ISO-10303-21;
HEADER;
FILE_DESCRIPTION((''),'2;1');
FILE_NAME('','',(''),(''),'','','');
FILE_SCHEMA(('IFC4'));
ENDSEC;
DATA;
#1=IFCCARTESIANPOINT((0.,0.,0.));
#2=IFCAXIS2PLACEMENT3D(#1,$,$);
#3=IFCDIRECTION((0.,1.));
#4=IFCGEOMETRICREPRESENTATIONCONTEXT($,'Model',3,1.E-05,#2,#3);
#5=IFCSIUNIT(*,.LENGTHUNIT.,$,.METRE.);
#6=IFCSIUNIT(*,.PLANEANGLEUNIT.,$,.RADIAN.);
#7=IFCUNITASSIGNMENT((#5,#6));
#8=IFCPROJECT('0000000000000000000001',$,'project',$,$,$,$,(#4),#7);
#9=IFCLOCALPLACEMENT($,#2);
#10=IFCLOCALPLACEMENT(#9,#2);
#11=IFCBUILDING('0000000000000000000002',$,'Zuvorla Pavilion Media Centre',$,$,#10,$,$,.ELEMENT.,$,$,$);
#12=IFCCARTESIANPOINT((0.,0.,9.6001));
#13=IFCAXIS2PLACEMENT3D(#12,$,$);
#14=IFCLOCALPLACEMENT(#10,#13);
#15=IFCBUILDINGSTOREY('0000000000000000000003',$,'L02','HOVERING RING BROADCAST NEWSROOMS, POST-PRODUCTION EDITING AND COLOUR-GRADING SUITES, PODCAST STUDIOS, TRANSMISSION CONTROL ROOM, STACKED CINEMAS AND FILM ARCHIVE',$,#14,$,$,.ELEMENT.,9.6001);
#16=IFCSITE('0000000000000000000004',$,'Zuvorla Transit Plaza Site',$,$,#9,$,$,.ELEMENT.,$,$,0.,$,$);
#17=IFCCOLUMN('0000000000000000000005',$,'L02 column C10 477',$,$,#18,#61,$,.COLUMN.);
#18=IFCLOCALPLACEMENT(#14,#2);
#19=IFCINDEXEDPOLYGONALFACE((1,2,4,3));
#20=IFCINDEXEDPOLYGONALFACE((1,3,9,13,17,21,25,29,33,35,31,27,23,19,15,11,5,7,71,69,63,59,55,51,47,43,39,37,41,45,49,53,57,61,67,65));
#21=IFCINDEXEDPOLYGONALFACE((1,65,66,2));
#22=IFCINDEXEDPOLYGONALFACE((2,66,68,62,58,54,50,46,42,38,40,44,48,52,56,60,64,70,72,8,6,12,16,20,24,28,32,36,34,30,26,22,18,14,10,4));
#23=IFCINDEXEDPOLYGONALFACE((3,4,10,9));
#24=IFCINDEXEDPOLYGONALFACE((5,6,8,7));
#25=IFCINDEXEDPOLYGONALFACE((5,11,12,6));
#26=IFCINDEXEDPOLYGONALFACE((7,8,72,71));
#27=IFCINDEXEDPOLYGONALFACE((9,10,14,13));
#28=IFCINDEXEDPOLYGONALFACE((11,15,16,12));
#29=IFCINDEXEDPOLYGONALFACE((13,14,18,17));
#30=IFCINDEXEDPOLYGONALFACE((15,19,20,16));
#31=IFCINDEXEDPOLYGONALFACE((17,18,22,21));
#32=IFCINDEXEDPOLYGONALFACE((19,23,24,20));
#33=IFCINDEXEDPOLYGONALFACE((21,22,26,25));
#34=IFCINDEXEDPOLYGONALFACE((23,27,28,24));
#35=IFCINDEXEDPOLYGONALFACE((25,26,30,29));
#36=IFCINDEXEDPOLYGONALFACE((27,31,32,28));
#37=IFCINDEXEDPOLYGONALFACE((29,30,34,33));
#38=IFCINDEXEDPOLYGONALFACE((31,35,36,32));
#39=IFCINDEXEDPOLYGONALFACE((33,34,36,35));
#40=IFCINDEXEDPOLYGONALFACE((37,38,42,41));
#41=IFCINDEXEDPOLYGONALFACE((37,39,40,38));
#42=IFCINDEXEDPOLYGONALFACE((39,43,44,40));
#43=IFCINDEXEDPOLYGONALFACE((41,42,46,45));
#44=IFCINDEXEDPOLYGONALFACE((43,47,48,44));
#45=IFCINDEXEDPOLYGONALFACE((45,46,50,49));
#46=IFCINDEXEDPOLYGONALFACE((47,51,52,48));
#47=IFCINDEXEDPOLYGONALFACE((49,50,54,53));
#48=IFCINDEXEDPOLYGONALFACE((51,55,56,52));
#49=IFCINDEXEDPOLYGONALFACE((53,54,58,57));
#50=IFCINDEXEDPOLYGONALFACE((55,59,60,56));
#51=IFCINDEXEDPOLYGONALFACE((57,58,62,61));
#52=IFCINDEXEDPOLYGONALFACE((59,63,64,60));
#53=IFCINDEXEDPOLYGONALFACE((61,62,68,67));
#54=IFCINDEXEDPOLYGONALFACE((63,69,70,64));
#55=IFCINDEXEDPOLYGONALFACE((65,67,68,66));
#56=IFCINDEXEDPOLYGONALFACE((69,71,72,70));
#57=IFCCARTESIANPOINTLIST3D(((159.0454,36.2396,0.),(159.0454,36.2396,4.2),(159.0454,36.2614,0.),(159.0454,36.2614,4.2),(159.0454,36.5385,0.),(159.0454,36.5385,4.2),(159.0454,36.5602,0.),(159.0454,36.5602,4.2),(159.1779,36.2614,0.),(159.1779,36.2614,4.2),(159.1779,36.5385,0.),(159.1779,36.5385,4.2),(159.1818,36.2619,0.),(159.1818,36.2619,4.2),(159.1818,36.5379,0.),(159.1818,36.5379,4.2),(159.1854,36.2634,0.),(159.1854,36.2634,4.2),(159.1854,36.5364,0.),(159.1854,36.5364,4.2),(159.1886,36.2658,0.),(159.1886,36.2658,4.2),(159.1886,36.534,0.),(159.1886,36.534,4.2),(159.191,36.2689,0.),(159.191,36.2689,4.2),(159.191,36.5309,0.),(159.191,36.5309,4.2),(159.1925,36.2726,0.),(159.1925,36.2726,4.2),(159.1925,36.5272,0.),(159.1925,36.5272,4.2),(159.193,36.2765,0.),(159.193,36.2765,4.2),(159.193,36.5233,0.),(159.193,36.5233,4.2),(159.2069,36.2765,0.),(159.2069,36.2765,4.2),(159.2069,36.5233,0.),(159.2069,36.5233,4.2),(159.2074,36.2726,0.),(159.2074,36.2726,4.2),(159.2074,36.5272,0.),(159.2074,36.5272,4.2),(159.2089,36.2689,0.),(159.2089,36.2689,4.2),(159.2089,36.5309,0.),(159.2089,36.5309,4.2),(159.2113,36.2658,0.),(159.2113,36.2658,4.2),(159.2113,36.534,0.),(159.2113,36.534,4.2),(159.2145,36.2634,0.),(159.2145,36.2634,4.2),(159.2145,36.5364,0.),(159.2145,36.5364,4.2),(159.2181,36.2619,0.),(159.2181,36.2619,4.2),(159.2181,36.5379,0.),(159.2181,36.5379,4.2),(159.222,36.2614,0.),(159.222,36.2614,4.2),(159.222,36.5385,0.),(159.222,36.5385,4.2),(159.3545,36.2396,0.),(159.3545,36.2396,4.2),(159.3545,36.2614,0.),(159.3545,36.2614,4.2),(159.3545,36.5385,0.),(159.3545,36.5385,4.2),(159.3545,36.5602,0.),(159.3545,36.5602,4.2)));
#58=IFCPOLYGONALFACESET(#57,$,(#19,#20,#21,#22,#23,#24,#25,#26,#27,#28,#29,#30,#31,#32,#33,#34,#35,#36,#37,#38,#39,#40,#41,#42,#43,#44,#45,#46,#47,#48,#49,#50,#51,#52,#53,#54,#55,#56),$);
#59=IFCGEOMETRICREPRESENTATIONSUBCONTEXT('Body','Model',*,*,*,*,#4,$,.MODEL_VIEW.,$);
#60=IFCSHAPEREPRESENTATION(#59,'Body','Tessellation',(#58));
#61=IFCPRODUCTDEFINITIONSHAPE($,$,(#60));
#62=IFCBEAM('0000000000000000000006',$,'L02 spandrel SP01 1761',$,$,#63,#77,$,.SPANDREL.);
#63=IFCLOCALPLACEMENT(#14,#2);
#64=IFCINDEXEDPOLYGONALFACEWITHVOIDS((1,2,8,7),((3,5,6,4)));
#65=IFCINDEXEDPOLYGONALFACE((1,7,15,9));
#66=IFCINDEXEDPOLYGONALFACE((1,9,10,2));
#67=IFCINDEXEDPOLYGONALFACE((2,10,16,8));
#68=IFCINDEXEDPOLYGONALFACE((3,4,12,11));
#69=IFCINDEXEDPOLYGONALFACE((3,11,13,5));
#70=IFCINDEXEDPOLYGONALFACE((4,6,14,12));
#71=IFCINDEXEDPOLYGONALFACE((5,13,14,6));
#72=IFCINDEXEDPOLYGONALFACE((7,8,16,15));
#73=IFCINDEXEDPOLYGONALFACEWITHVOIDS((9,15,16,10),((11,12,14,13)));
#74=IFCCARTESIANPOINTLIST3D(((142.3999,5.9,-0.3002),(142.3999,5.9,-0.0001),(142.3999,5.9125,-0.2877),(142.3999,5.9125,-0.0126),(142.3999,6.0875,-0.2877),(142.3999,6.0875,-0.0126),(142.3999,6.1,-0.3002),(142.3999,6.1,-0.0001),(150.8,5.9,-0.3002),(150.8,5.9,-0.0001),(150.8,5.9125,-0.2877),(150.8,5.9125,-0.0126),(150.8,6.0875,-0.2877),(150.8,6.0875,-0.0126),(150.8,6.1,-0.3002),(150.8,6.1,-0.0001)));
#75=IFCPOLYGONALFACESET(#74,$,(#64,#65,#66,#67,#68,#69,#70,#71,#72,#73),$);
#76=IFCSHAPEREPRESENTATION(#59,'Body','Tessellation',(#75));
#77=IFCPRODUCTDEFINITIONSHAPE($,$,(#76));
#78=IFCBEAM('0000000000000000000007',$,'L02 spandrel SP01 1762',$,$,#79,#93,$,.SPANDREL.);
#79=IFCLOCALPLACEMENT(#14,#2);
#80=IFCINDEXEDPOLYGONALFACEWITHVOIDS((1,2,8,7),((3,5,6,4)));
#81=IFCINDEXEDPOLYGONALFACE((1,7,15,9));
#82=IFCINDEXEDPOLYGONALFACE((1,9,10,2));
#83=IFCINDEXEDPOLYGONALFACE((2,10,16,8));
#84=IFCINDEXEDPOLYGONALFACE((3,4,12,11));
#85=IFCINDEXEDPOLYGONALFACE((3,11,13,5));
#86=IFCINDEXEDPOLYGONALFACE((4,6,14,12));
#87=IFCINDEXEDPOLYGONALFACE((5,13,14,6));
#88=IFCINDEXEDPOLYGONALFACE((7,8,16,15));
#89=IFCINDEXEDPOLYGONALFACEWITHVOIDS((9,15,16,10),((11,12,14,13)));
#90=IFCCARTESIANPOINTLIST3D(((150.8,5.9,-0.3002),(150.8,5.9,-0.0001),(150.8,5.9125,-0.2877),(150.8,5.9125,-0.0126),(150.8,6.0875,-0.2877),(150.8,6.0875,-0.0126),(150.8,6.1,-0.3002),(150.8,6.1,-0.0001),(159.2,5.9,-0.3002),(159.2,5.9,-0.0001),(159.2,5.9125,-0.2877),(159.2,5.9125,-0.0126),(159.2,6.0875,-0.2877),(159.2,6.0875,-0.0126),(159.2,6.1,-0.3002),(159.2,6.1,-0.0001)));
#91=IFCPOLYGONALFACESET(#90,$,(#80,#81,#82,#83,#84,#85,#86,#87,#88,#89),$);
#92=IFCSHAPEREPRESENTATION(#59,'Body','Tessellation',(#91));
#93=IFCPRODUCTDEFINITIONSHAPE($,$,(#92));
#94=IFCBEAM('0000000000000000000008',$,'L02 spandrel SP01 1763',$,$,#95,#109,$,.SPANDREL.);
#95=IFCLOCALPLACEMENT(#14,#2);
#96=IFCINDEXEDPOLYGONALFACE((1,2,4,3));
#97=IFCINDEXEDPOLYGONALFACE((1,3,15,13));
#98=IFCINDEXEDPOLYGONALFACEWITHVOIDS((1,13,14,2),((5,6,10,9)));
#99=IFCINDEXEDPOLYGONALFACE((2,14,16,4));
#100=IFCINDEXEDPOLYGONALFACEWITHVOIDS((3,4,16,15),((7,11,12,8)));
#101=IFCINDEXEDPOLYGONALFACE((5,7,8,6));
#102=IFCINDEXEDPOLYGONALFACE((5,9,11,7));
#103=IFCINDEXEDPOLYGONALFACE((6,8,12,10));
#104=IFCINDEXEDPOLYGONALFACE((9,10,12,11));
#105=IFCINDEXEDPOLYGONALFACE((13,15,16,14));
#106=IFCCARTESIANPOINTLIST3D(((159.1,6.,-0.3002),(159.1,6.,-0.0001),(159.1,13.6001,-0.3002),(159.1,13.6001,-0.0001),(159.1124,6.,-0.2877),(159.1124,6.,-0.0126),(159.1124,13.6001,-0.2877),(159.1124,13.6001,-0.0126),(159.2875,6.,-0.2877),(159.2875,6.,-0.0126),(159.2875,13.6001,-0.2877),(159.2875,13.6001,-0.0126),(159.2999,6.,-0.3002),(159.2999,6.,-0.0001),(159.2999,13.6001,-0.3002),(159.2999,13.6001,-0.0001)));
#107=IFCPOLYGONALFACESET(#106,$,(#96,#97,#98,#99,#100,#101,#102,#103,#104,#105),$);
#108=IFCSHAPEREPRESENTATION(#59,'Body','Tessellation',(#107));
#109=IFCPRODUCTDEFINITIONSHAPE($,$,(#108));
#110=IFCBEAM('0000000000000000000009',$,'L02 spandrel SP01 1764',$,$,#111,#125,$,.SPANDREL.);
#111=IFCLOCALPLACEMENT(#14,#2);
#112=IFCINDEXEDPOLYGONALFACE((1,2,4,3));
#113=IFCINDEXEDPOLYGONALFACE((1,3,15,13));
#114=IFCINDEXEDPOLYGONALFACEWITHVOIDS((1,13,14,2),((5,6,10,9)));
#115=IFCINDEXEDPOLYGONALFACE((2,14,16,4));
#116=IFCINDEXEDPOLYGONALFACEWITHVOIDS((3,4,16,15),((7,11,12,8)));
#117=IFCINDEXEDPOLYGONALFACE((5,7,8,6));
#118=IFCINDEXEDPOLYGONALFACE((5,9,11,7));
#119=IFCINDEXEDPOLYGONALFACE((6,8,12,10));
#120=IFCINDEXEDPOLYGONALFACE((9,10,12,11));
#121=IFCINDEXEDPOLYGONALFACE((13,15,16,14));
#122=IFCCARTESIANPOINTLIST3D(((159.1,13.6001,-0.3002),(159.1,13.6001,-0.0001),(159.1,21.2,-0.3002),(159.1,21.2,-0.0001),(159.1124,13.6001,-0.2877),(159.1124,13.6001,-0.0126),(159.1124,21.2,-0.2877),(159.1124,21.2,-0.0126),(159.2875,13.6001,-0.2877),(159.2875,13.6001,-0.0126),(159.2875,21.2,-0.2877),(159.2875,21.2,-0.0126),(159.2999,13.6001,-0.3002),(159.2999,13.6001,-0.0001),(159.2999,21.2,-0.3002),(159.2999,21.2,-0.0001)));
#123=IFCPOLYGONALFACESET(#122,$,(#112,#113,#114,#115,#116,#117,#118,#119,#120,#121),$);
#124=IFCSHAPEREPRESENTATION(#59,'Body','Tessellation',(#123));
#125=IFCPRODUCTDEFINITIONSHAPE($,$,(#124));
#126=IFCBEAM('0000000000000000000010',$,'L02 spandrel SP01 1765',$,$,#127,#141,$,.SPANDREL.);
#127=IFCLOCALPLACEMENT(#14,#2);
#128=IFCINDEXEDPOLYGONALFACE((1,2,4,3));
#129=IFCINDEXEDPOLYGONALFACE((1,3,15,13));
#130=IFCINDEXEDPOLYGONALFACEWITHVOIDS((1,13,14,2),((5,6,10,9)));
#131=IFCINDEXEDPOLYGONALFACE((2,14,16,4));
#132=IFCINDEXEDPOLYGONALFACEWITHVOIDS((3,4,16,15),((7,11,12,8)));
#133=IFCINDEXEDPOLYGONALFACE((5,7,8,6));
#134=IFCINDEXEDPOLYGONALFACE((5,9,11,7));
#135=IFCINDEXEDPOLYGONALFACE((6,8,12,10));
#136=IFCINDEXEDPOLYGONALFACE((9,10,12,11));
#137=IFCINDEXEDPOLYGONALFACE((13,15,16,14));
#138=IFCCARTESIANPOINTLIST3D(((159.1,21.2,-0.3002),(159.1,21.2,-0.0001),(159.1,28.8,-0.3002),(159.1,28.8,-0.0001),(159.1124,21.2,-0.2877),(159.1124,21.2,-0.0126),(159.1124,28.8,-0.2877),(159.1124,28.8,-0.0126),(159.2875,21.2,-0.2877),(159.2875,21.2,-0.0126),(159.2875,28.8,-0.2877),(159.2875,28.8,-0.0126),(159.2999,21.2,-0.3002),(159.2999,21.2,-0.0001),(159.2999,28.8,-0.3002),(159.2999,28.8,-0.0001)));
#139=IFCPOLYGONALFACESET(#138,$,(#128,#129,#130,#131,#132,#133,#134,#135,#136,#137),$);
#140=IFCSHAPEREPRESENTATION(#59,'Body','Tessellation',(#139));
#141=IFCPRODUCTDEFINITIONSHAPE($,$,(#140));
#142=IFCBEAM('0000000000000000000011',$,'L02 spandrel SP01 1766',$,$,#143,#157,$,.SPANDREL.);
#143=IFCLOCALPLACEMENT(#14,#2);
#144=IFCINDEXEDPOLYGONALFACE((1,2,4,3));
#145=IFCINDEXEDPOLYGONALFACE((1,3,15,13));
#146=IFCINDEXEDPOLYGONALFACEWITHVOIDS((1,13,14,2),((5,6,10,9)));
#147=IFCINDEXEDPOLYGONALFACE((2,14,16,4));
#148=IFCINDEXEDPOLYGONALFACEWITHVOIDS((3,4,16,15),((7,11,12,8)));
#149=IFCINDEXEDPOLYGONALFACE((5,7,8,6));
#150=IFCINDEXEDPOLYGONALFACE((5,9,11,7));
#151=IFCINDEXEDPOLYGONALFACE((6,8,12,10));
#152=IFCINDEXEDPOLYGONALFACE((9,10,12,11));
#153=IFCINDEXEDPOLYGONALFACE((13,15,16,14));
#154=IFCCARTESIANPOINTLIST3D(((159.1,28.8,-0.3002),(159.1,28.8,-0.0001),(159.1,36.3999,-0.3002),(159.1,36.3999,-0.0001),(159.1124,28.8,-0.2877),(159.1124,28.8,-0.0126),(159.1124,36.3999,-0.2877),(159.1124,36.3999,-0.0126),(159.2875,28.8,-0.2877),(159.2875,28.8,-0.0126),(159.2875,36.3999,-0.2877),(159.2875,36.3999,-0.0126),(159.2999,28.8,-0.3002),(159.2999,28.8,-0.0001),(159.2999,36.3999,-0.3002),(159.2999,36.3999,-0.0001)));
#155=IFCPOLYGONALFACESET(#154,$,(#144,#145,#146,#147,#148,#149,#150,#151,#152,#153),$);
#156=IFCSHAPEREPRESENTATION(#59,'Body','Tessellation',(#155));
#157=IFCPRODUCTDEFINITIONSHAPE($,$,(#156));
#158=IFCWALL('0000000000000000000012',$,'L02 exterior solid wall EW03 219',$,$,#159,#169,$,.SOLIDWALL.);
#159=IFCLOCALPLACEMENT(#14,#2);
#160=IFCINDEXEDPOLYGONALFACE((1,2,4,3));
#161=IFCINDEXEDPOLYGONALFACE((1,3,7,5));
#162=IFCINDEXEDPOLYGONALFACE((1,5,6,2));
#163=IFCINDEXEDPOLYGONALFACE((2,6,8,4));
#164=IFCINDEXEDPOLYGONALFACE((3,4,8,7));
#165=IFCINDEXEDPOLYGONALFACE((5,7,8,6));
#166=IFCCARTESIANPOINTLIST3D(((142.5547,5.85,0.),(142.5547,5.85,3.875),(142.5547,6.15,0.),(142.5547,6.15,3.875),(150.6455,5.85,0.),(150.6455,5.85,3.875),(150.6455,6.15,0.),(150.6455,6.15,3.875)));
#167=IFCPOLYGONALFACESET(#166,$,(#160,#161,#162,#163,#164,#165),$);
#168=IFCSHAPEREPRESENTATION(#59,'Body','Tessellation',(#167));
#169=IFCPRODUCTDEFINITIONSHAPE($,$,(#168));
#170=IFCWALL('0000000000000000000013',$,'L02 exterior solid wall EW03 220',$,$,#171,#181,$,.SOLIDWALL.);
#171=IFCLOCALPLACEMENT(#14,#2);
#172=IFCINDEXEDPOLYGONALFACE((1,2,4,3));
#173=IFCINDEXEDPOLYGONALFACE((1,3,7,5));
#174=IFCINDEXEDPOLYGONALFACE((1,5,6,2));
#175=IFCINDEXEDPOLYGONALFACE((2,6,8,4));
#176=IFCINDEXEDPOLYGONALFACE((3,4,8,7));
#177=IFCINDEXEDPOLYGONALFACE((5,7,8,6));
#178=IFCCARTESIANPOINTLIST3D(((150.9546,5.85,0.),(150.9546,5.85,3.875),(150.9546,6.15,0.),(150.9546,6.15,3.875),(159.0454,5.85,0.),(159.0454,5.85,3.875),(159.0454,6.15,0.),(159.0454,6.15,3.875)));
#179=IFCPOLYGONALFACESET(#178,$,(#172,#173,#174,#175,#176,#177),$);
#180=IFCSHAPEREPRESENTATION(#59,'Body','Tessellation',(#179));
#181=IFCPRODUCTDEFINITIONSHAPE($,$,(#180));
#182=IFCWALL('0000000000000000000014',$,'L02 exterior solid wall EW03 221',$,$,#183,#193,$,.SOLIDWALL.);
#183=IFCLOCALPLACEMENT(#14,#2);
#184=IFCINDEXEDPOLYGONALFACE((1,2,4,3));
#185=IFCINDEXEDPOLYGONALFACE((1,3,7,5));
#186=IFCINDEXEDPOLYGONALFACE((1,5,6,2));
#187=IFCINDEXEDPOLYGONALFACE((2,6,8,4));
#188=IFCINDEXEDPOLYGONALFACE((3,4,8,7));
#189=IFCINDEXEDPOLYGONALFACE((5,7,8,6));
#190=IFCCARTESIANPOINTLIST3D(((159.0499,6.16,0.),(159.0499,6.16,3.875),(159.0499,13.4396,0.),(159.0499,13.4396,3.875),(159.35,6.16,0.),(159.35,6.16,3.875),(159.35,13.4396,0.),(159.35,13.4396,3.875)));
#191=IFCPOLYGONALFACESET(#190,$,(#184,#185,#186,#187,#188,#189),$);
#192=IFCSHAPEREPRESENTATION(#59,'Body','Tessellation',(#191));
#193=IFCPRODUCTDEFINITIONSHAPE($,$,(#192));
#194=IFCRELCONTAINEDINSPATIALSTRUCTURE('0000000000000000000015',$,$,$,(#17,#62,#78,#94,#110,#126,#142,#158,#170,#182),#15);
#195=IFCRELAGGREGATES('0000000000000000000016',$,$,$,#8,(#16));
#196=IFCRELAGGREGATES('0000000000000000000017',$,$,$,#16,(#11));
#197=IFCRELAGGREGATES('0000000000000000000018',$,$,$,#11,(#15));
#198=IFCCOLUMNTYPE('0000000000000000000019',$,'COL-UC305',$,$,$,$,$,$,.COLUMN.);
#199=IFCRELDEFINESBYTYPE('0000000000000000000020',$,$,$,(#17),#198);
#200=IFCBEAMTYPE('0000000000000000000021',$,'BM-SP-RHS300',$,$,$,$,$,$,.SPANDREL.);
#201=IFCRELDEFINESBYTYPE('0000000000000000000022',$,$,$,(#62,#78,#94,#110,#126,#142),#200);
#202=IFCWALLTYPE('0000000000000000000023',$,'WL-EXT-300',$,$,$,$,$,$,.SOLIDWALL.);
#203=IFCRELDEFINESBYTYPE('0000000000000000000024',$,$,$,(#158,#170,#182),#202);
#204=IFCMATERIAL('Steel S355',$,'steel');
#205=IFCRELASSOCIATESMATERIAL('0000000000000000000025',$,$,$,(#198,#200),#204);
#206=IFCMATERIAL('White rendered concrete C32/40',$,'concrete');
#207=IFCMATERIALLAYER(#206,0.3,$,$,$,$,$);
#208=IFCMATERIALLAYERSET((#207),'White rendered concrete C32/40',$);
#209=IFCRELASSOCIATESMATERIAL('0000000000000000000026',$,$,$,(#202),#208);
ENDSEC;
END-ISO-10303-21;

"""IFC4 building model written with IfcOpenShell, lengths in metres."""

from ifc_helpers import new_model, si_unit, direction, frame, frame_2d, origin, origin_2d, place, context, subcontext, project, spatial, rectangle, hollow_rectangle, i_section, extrude, material, layer, layer_set, material_profile, profile_set, type_object, element, save


model = new_model("IFC4")

# Units and contexts
model_context = context("Model", 3, precision=1e-05, world=origin(), true_north=direction((0.0, 1.0)))
body_context = subcontext(model_context, "Body", "Model", "MODEL_VIEW")
ifc_project = project(units=[si_unit("LENGTHUNIT", "METRE"), si_unit("PLANEANGLEUNIT", "RADIAN")], contexts=[model_context])

# Site, building, storey
site_placement = place(None, origin())
site = spatial("IfcSite", under=ifc_project, at=site_placement, Name="Zuvorla Transit Plaza Site", CompositionType="ELEMENT", RefElevation=0.0)
building_placement = place(site_placement, origin())
building = spatial("IfcBuilding", under=site, at=building_placement, Name="Zuvorla Pavilion Media Centre", CompositionType="ELEMENT")
storey_placement = place(building_placement, frame((0.0, 0.0, 9.6001)))
storey = spatial("IfcBuildingStorey", under=building, at=storey_placement, Name="L02", Description="HOVERING RING BROADCAST NEWSROOMS, POST-PRODUCTION EDITING AND COLOUR-GRADING SUITES, PODCAST STUDIOS, TRANSMISSION CONTROL ROOM, STACKED CINEMAS AND FILM ARCHIVE", CompositionType="ELEMENT", Elevation=9.6001)

# Column
ifc_material_1 = material(Name="Steel S355", Category="steel")
ifc_material_profile_1 = material_profile(ifc_material_1, i_section(OverallWidth=0.3091, OverallDepth=0.3206, WebThickness=0.0139, FlangeThickness=0.0217, FilletRadius=0.0151, at=origin_2d()), Name="UC 305x305x137")
ifc_profile_set_1 = profile_set([ifc_material_profile_1], Name="Steel S355")
column_type = type_object("IfcColumnType", Name="COL-UC305", PredefinedType="COLUMN", material=ifc_profile_set_1)
for number, where, z_axis, x_axis, name in (
    (1, (159.2, 36.3999, 0.0), (0.0, 0.0, 1.0), (1.0, 0.0, 0.0), "L02 column C10 477"),
):
    element("IfcColumn", number, at=place(storey_placement, frame(where, z_axis=z_axis, x_axis=x_axis)), inside=storey, type_object=column_type, Name=name, PredefinedType="COLUMN", context=body_context, shape_type="SweptSolid", body=[
        extrude(i_section(OverallWidth=0.3091, OverallDepth=0.3206, WebThickness=0.0139, FlangeThickness=0.0217, FilletRadius=0.0151, at=origin_2d()), origin(), (0.0, 0.0, 1.0), 4.2),
    ])

# Beams
ifc_material_profile_2 = material_profile(ifc_material_1, hollow_rectangle(XDim=0.2, YDim=0.3, WallThickness=0.0125, at=origin_2d()), Name="RHS 300x200x12.5")
ifc_profile_set_2 = profile_set([ifc_material_profile_2], Name="Steel S355")
beam_type = type_object("IfcBeamType", Name="BM-SP-RHS300", PredefinedType="SPANDREL", material=ifc_profile_set_2)
beam_1_placement = place(storey_placement, frame((142.3999, 6.0, -0.1501), z_axis=(1.0, 0.0, 0.0), x_axis=(0.0, 1.0, 0.0)))
element("IfcBeam", 2, at=beam_1_placement, inside=storey, type_object=beam_type, Name="L02 spandrel SP01 1761", PredefinedType="SPANDREL", context=body_context, shape_type="SweptSolid", body=[
    extrude(hollow_rectangle(XDim=0.2, YDim=0.3, WallThickness=0.0125, at=origin_2d()), origin(), (0.0, 0.0, 1.0), 8.4001),
])
beam_2_placement = place(storey_placement, frame((150.8, 6.0, -0.1501), z_axis=(1.0, 0.0, 0.0), x_axis=(0.0, 1.0, 0.0)))
element("IfcBeam", 3, at=beam_2_placement, inside=storey, type_object=beam_type, Name="L02 spandrel SP01 1762", PredefinedType="SPANDREL", context=body_context, shape_type="SweptSolid", body=[
    extrude(hollow_rectangle(XDim=0.2, YDim=0.3, WallThickness=0.0125, at=origin_2d()), origin(), (0.0, 0.0, 1.0), 8.3999),
])
beam_3_placement = place(storey_placement, frame((159.2, 6.0, -0.1501), z_axis=(0.0, 1.0, 0.0), x_axis=(-1.0, 0.0, 0.0)))
element("IfcBeam", 4, at=beam_3_placement, inside=storey, type_object=beam_type, Name="L02 spandrel SP01 1763", PredefinedType="SPANDREL", context=body_context, shape_type="SweptSolid", body=[
    extrude(hollow_rectangle(XDim=0.2, YDim=0.3, WallThickness=0.0125, at=origin_2d()), origin(), (0.0, 0.0, 1.0), 7.6001),
])
beam_4_placement = place(storey_placement, frame((159.2, 13.6001, -0.1501), z_axis=(0.0, 1.0, 0.0), x_axis=(-1.0, 0.0, 0.0)))
element("IfcBeam", 5, at=beam_4_placement, inside=storey, type_object=beam_type, Name="L02 spandrel SP01 1764", PredefinedType="SPANDREL", context=body_context, shape_type="SweptSolid", body=[
    extrude(hollow_rectangle(XDim=0.2, YDim=0.3, WallThickness=0.0125, at=origin_2d()), origin(), (0.0, 0.0, 1.0), 7.5999),
])
beam_5_placement = place(storey_placement, frame((159.2, 21.2, -0.1501), z_axis=(0.0, 1.0, 0.0), x_axis=(-1.0, 0.0, 0.0)))
element("IfcBeam", 6, at=beam_5_placement, inside=storey, type_object=beam_type, Name="L02 spandrel SP01 1765", PredefinedType="SPANDREL", context=body_context, shape_type="SweptSolid", body=[
    extrude(hollow_rectangle(XDim=0.2, YDim=0.3, WallThickness=0.0125, at=origin_2d()), origin(), (0.0, 0.0, 1.0), 7.6001),
])
beam_6_placement = place(storey_placement, frame((159.2, 28.8, -0.1501), z_axis=(0.0, 1.0, 0.0), x_axis=(-1.0, 0.0, 0.0)))
element("IfcBeam", 7, at=beam_6_placement, inside=storey, type_object=beam_type, Name="L02 spandrel SP01 1766", PredefinedType="SPANDREL", context=body_context, shape_type="SweptSolid", body=[
    extrude(hollow_rectangle(XDim=0.2, YDim=0.3, WallThickness=0.0125, at=origin_2d()), origin(), (0.0, 0.0, 1.0), 7.5999),
])

# Walls
ifc_material_2 = material(Name="White rendered concrete C32/40", Category="concrete")
ifc_layer = layer(ifc_material_2, 0.3)
ifc_layer_set = layer_set([ifc_layer], Name="White rendered concrete C32/40")
wall_type = type_object("IfcWallType", Name="WL-EXT-300", PredefinedType="SOLIDWALL", material=ifc_layer_set)
for number, where, z_axis, x_axis, name in (
    (8, (142.5547, 6.0, 0.0), (0.0, 0.0, 1.0), (1.0, 0.0, 0.0), "L02 exterior solid wall EW03 219"),
    (9, (150.9546, 6.0, 0.0), (0.0, 0.0, 1.0), (1.0, 0.0, 0.0), "L02 exterior solid wall EW03 220"),
):
    element("IfcWall", number, at=place(storey_placement, frame(where, z_axis=z_axis, x_axis=x_axis)), inside=storey, type_object=wall_type, Name=name, PredefinedType="SOLIDWALL", context=body_context, shape_type="SweptSolid", body=[
        extrude(rectangle(XDim=8.0908, YDim=0.3, at=frame_2d((4.0454, 0.0))), origin(), (0.0, 0.0, 1.0), 3.875),
    ])
for number, where, z_axis, x_axis, name in (
    (10, (159.2, 6.1602, 0.0), (0.0, 0.0, 1.0), (0.0, 1.0, 0.0), "L02 exterior solid wall EW03 221"),
):
    element("IfcWall", number, at=place(storey_placement, frame(where, z_axis=z_axis, x_axis=x_axis)), inside=storey, type_object=wall_type, Name=name, PredefinedType="SOLIDWALL", context=body_context, shape_type="SweptSolid", body=[
        extrude(rectangle(XDim=7.2795, YDim=0.3, at=frame_2d((3.6396, 0.0))), origin(), (0.0, 0.0, 1.0), 3.875),
    ])

save(model, "model.ifc")
